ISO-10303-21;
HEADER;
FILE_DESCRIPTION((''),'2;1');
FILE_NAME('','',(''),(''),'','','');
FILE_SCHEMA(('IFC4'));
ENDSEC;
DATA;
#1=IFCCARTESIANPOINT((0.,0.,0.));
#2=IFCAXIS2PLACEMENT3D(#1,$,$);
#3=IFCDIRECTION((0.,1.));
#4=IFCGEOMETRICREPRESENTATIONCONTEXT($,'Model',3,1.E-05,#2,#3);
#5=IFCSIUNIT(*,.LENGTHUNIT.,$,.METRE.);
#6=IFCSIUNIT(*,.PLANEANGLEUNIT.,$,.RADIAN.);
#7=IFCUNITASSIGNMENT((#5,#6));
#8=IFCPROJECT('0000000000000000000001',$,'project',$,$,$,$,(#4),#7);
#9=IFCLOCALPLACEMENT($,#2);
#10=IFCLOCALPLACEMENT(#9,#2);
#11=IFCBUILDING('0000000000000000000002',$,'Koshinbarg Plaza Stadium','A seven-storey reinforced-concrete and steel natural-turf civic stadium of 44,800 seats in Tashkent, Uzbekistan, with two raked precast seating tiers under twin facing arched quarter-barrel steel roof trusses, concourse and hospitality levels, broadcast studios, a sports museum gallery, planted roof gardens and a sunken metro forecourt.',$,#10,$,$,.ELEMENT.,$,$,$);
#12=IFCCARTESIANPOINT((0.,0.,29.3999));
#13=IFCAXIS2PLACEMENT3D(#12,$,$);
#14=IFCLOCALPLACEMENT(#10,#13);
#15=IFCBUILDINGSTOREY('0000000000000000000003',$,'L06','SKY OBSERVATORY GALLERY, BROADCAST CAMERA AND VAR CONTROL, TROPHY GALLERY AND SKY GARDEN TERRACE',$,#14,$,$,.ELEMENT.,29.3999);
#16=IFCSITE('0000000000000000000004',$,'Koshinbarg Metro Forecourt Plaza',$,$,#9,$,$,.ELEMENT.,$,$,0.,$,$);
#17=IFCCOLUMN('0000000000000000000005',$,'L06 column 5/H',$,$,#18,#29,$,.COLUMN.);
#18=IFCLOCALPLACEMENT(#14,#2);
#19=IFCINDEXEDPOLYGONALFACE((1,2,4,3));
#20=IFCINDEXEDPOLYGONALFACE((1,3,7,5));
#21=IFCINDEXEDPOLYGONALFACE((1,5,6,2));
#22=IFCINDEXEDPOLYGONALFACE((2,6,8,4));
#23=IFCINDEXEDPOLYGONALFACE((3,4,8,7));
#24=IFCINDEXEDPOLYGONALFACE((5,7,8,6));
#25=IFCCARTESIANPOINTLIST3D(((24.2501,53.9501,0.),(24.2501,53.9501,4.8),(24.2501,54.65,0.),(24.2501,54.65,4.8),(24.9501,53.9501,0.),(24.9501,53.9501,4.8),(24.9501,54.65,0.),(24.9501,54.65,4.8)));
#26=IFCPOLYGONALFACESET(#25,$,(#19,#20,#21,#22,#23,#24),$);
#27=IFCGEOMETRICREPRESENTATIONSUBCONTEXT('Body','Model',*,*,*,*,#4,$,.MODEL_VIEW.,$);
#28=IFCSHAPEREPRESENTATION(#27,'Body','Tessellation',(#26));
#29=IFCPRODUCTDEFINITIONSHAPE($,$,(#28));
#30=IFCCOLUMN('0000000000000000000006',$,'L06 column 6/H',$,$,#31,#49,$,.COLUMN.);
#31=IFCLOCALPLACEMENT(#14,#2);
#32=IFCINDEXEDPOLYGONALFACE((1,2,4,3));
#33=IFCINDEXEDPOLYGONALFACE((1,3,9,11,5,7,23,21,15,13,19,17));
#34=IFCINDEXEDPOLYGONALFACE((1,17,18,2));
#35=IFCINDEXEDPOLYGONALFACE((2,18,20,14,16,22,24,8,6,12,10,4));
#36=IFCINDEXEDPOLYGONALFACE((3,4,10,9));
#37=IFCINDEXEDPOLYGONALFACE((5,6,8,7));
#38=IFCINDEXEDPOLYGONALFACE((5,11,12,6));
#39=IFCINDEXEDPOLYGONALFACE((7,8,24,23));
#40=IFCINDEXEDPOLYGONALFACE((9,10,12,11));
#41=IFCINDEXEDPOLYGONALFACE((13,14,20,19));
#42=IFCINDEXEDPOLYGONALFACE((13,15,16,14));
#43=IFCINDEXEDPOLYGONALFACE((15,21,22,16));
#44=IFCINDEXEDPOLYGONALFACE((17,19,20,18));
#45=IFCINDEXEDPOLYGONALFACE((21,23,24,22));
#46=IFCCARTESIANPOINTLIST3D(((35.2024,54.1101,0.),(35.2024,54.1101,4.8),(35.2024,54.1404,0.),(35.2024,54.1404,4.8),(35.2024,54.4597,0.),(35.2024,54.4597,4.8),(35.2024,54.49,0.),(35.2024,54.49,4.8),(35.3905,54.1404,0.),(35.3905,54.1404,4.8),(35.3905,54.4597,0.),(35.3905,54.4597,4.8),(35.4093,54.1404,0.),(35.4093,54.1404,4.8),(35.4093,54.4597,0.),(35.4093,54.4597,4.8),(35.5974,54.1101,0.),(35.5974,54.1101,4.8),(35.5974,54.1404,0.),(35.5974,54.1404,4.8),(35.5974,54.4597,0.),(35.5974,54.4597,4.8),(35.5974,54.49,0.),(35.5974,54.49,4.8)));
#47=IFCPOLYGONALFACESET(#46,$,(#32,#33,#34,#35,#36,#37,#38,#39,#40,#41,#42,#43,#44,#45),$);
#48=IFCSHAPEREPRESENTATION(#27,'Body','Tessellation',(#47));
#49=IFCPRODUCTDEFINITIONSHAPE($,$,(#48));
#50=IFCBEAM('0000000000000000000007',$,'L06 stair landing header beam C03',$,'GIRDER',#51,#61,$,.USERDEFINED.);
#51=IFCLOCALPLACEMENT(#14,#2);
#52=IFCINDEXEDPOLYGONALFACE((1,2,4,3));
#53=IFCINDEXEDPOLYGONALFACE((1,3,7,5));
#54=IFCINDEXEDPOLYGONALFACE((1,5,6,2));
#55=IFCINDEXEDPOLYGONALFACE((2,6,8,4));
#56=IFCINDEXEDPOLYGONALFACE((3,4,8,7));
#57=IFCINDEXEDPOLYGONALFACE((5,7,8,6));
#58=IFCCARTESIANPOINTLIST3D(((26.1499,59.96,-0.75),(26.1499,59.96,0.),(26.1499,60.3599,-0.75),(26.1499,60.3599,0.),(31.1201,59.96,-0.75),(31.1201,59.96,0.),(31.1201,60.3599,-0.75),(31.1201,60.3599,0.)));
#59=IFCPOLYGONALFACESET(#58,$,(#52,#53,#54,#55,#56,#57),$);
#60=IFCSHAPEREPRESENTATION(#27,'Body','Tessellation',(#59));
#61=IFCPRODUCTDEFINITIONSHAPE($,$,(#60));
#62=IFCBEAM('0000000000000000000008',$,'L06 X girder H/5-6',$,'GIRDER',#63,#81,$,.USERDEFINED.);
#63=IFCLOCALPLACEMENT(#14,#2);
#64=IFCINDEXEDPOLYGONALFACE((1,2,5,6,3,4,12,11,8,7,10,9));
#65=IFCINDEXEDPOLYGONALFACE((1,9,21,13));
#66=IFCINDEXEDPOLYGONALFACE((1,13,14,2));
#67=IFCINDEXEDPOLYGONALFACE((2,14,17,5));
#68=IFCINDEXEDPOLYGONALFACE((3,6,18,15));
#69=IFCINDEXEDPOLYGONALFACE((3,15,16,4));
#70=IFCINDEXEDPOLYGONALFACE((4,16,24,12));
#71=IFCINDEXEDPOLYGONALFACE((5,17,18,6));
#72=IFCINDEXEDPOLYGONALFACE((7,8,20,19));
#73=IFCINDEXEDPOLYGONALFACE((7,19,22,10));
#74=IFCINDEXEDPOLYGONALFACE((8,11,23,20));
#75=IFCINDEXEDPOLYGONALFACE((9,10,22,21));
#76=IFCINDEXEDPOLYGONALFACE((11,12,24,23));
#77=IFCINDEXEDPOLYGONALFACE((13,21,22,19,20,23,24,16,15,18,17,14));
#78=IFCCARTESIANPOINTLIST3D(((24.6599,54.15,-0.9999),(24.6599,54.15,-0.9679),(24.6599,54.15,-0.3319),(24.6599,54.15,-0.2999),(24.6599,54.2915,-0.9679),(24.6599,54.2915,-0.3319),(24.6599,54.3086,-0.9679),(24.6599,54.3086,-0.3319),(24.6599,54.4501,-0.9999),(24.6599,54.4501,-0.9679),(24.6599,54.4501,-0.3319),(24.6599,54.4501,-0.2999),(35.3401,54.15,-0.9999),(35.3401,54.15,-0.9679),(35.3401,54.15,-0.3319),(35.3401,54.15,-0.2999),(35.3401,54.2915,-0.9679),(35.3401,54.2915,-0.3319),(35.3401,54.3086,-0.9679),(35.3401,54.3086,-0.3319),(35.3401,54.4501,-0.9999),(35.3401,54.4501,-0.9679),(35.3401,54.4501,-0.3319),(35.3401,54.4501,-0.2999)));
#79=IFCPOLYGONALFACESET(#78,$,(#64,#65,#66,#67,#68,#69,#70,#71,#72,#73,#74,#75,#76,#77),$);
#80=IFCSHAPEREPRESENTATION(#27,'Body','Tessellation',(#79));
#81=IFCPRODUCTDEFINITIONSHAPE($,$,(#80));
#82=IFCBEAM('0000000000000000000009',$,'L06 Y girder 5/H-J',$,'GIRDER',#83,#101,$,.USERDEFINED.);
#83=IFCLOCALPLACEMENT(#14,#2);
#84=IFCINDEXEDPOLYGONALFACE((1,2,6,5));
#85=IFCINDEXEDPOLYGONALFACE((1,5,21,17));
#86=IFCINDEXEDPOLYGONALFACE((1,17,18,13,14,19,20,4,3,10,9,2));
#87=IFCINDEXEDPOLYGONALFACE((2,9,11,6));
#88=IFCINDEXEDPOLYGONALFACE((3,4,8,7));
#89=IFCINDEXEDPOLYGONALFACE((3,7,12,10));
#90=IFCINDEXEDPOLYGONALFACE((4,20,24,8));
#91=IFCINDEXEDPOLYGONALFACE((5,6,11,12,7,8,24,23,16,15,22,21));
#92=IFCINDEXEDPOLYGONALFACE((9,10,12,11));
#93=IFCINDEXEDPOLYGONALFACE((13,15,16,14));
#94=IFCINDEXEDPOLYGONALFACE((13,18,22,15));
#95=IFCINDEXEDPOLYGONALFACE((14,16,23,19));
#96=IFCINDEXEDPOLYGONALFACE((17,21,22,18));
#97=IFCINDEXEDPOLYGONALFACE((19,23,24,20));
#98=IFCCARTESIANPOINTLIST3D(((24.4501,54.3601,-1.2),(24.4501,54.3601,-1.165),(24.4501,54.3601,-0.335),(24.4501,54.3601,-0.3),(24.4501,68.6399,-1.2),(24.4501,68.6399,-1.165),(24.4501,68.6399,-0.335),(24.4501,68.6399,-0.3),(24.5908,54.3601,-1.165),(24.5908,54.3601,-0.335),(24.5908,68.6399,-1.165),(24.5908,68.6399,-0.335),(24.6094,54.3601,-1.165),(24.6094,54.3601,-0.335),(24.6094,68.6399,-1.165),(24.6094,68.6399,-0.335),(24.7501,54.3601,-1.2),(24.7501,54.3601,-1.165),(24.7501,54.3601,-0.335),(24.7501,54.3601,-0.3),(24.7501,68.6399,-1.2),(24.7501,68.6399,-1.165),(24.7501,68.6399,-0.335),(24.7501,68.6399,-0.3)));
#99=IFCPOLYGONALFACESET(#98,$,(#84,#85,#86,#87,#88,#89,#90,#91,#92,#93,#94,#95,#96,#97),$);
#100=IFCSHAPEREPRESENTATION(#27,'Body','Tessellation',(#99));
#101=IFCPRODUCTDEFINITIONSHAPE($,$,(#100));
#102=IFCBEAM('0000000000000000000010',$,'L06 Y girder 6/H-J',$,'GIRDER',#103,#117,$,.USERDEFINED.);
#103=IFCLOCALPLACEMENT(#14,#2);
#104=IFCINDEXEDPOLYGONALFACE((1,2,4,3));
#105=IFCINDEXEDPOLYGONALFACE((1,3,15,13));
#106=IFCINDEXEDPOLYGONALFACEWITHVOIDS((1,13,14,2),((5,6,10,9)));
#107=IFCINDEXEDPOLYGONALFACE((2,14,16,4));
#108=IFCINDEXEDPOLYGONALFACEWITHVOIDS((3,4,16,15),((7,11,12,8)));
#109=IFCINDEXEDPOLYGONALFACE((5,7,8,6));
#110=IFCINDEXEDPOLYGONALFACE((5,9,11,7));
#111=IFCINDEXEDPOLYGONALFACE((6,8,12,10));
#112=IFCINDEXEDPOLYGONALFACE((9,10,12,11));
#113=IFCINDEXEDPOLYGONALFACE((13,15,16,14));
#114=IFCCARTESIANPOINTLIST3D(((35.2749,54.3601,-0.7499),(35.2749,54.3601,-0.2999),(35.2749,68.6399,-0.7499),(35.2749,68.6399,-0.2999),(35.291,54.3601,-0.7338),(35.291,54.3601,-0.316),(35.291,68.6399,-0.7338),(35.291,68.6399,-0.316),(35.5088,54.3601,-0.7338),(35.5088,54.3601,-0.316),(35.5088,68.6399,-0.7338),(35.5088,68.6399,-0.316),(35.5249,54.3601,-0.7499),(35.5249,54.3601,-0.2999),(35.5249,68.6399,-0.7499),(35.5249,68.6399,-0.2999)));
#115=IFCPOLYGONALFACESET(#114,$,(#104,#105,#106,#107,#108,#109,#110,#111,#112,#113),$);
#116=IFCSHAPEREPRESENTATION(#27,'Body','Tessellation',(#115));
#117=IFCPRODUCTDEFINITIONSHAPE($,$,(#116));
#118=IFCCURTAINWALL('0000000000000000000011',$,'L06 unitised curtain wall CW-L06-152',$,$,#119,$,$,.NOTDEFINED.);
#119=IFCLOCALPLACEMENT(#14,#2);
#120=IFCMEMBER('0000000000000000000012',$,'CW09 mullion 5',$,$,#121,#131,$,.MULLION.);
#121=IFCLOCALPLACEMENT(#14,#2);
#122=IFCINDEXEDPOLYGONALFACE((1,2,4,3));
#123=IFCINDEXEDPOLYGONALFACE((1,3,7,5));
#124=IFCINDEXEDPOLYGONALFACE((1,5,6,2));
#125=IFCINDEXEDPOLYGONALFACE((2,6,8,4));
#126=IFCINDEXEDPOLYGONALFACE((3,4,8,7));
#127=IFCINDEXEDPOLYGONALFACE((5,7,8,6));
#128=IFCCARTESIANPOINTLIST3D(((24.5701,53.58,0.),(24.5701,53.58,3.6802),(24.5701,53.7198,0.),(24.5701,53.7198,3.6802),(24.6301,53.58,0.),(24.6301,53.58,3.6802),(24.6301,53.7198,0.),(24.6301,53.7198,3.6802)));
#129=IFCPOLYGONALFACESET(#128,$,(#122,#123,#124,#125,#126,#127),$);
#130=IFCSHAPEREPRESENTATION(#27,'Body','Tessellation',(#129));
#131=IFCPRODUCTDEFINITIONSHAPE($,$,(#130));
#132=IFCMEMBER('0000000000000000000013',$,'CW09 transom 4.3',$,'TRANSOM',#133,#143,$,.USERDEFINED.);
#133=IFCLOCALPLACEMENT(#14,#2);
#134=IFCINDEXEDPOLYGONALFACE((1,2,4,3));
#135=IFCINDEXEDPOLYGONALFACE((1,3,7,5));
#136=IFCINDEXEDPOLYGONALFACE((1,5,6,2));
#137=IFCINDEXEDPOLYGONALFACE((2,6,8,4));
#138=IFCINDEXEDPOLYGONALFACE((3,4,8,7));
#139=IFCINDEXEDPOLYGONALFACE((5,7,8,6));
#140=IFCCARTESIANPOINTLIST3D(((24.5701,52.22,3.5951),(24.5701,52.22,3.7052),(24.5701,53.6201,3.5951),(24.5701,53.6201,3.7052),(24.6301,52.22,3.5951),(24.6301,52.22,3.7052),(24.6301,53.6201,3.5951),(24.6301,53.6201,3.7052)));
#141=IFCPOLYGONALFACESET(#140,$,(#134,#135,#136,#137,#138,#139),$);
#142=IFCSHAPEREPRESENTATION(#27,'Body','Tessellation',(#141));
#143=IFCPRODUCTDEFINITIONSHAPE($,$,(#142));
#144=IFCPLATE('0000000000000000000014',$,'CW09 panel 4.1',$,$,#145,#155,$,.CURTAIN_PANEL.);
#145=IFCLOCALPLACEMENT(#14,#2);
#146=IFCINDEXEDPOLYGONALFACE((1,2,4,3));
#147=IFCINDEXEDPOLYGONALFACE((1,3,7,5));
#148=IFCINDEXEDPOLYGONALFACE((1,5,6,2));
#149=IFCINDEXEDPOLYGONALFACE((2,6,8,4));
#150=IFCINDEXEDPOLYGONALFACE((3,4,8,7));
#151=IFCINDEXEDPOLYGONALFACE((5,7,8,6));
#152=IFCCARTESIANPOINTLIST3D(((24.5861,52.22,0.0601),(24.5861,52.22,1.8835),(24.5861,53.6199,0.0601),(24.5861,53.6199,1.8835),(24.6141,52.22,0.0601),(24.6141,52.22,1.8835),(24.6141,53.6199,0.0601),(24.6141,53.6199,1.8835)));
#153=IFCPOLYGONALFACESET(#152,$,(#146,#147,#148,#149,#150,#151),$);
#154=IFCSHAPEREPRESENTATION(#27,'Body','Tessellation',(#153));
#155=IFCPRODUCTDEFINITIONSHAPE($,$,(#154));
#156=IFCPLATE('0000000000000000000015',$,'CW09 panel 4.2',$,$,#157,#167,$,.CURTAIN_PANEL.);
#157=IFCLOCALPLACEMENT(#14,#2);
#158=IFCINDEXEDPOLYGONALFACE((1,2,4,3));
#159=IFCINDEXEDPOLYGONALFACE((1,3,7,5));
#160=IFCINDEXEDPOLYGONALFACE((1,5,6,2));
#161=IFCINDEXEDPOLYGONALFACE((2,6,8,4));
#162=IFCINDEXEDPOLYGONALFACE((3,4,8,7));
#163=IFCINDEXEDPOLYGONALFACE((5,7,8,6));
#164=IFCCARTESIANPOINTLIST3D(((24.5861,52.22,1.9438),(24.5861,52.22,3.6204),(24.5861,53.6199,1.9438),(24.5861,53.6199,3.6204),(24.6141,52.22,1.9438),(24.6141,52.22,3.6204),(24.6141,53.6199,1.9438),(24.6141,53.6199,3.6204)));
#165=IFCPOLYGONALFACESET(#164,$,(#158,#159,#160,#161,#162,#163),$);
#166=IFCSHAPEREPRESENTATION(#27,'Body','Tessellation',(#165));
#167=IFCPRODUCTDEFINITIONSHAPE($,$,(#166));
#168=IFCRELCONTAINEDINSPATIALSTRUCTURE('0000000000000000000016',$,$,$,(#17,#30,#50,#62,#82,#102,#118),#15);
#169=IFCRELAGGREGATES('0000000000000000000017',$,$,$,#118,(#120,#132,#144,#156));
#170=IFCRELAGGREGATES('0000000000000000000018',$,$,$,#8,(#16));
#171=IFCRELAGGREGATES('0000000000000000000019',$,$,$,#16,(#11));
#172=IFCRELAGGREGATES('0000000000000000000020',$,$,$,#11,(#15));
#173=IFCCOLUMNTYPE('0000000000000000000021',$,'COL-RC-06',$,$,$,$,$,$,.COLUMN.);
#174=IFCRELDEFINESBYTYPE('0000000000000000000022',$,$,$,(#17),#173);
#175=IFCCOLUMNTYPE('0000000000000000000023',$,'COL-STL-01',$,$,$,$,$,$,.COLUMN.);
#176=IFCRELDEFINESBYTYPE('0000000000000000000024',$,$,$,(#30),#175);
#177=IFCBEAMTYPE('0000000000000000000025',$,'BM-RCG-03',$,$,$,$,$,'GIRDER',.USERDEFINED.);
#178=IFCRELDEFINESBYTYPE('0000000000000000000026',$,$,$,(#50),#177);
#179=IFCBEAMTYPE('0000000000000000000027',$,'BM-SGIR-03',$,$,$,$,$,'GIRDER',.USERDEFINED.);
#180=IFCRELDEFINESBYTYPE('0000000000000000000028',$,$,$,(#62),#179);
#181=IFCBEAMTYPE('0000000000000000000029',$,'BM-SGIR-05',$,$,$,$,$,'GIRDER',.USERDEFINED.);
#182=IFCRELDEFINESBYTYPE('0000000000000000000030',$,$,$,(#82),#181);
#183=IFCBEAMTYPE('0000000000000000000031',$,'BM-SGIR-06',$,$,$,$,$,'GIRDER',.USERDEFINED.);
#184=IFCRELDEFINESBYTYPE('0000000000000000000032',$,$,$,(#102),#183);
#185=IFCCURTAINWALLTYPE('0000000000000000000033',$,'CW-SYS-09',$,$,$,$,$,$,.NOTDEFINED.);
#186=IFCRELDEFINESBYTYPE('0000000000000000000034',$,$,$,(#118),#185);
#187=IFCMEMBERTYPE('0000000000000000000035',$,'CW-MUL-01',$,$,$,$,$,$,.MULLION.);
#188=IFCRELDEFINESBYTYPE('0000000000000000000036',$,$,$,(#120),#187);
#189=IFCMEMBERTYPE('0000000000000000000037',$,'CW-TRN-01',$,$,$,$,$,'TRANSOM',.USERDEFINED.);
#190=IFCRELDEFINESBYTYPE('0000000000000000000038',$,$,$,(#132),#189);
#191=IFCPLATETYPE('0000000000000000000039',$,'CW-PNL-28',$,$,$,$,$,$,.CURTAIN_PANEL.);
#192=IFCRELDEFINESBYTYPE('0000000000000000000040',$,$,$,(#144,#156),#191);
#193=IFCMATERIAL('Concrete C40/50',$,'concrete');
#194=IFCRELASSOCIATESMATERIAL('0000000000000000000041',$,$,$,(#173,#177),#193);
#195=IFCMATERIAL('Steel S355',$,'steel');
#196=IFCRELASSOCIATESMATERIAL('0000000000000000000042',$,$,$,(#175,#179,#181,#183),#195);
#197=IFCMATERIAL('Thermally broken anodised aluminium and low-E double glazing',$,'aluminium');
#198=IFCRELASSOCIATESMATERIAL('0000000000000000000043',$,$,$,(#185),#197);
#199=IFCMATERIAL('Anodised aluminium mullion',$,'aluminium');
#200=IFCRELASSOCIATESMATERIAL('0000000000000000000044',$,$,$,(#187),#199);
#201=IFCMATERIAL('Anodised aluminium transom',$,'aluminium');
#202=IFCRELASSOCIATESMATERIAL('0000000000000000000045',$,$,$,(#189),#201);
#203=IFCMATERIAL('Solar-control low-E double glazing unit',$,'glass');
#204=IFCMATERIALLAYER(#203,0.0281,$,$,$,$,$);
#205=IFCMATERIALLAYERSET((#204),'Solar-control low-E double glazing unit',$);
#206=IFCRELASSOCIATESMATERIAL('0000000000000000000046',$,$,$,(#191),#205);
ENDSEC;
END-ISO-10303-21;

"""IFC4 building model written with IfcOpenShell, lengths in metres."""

from ifc_helpers import new_model, si_unit, direction, frame, origin, origin_2d, place, context, subcontext, project, spatial, rectangle, hollow_rectangle, i_section, extrude, material, layer, layer_set, material_profile, profile_set, type_object, element, aggregate, save


model = new_model("IFC4")

# Units and contexts
model_context = context("Model", 3, precision=1e-05, world=origin(), true_north=direction((0.0, 1.0)))
body_context = subcontext(model_context, "Body", "Model", "MODEL_VIEW")
ifc_project = project(units=[si_unit("LENGTHUNIT", "METRE"), si_unit("PLANEANGLEUNIT", "RADIAN")], contexts=[model_context])

# Site, building, storey
site_placement = place(None, origin())
site = spatial("IfcSite", under=ifc_project, at=site_placement, Name="Koshinbarg Metro Forecourt Plaza", CompositionType="ELEMENT", RefElevation=0.0)
building_placement = place(site_placement, origin())
building = spatial("IfcBuilding", under=site, at=building_placement, Name="Koshinbarg Plaza Stadium", Description="A seven-storey reinforced-concrete and steel natural-turf civic stadium of 44,800 seats in Tashkent, Uzbekistan, with two raked precast seating tiers under twin facing arched quarter-barrel steel roof trusses, concourse and hospitality levels, broadcast studios, a sports museum gallery, planted roof gardens and a sunken metro forecourt.", CompositionType="ELEMENT")
storey_placement = place(building_placement, frame((0.0, 0.0, 29.3999)))
storey = spatial("IfcBuildingStorey", under=building, at=storey_placement, Name="L06", Description="SKY OBSERVATORY GALLERY, BROADCAST CAMERA AND VAR CONTROL, TROPHY GALLERY AND SKY GARDEN TERRACE", CompositionType="ELEMENT", Elevation=29.3999)

# Columns
ifc_material_1 = material(Name="Concrete C40/50", Category="concrete")
ifc_material_profile_1 = material_profile(ifc_material_1, rectangle(XDim=0.7, YDim=0.7, at=origin_2d()), Name="RC 700x700")
ifc_profile_set_1 = profile_set([ifc_material_profile_1], Name="Concrete C40/50")
column_type_1 = type_object("IfcColumnType", Name="COL-RC-06", PredefinedType="COLUMN", material=ifc_profile_set_1)
column_1_placement = place(storey_placement, frame((24.6001, 54.3, 0.0), z_axis=(0.0, 0.0, 1.0), x_axis=(1.0, 0.0, 0.0)))
element("IfcColumn", 1, at=column_1_placement, inside=storey, type_object=column_type_1, Name="L06 column 5/H", PredefinedType="COLUMN", context=body_context, shape_type="SweptSolid", body=[
    extrude(rectangle(XDim=0.7, YDim=0.7, at=origin_2d()), origin(), (0.0, 0.0, 1.0), 4.8),
])
ifc_material_2 = material(Name="Steel S355", Category="steel")
ifc_material_profile_2 = material_profile(ifc_material_2, i_section(OverallWidth=0.395, OverallDepth=0.3799, WebThickness=0.0188, FlangeThickness=0.0303, at=origin_2d()), Name="HD 400x237")
ifc_profile_set_2 = profile_set([ifc_material_profile_2], Name="Steel S355")
column_type_2 = type_object("IfcColumnType", Name="COL-STL-01", PredefinedType="COLUMN", material=ifc_profile_set_2)
column_2_placement = place(storey_placement, frame((35.3999, 54.3, 0.0), z_axis=(0.0, 0.0, 1.0), x_axis=(1.0, 0.0, 0.0)))
element("IfcColumn", 2, at=column_2_placement, inside=storey, type_object=column_type_2, Name="L06 column 6/H", PredefinedType="COLUMN", context=body_context, shape_type="SweptSolid", body=[
    extrude(i_section(OverallWidth=0.395, OverallDepth=0.3799, WebThickness=0.0188, FlangeThickness=0.0303, at=origin_2d()), origin(), (0.0, 0.0, 1.0), 4.8),
])

# Beams
ifc_material_profile_3 = material_profile(ifc_material_1, rectangle(XDim=0.3999, YDim=0.75, at=origin_2d()), Name="RC 400x750")
ifc_profile_set_3 = profile_set([ifc_material_profile_3], Name="Concrete C40/50")
beam_type_1 = type_object("IfcBeamType", Name="BM-RCG-03", ElementType="GIRDER", PredefinedType="USERDEFINED", material=ifc_profile_set_3)
beam_1_placement = place(storey_placement, frame((26.1499, 60.1599, -0.375), z_axis=(1.0, 0.0, 0.0), x_axis=(0.0, 1.0, 0.0)))
element("IfcBeam", 3, at=beam_1_placement, inside=storey, type_object=beam_type_1, Name="L06 stair landing header beam C03", ObjectType="GIRDER", PredefinedType="USERDEFINED", context=body_context, shape_type="SweptSolid", body=[
    extrude(rectangle(XDim=0.3999, YDim=0.75, at=origin_2d()), origin(), (0.0, 0.0, 1.0), 4.9702),
])
ifc_material_profile_4 = material_profile(ifc_material_2, i_section(OverallWidth=0.3, OverallDepth=0.7, WebThickness=0.0171, FlangeThickness=0.032, at=origin_2d()), Name="HEB 700")
ifc_profile_set_4 = profile_set([ifc_material_profile_4], Name="Steel S355")
beam_type_2 = type_object("IfcBeamType", Name="BM-SGIR-03", ElementType="GIRDER", PredefinedType="USERDEFINED", material=ifc_profile_set_4)
beam_2_placement = place(storey_placement, frame((24.6599, 54.3, -0.6499), z_axis=(1.0, 0.0, 0.0), x_axis=(0.0, 1.0, 0.0)))
element("IfcBeam", 4, at=beam_2_placement, inside=storey, type_object=beam_type_2, Name="L06 X girder H/5-6", ObjectType="GIRDER", PredefinedType="USERDEFINED", context=body_context, shape_type="SweptSolid", body=[
    extrude(i_section(OverallWidth=0.3, OverallDepth=0.7, WebThickness=0.0171, FlangeThickness=0.032, at=origin_2d()), origin(), (0.0, 0.0, 1.0), 10.6802),
])
ifc_material_profile_5 = material_profile(ifc_material_2, i_section(OverallWidth=0.3, OverallDepth=0.8999, WebThickness=0.0186, FlangeThickness=0.0349, at=origin_2d()), Name="HEB 900")
ifc_profile_set_5 = profile_set([ifc_material_profile_5], Name="Steel S355")
beam_type_3 = type_object("IfcBeamType", Name="BM-SGIR-05", ElementType="GIRDER", PredefinedType="USERDEFINED", material=ifc_profile_set_5)
beam_3_placement = place(storey_placement, frame((24.6001, 54.3601, -0.75), z_axis=(0.0, 1.0, 0.0), x_axis=(-1.0, 0.0, 0.0)))
element("IfcBeam", 5, at=beam_3_placement, inside=storey, type_object=beam_type_3, Name="L06 Y girder 5/H-J", ObjectType="GIRDER", PredefinedType="USERDEFINED", context=body_context, shape_type="SweptSolid", body=[
    extrude(i_section(OverallWidth=0.3, OverallDepth=0.8999, WebThickness=0.0186, FlangeThickness=0.0349, at=origin_2d()), origin(), (0.0, 0.0, 1.0), 14.2798),
])
ifc_material_profile_6 = material_profile(ifc_material_2, hollow_rectangle(XDim=0.25, YDim=0.45, WallThickness=0.0161, at=origin_2d()), Name="RHS 450x250x16")
ifc_profile_set_6 = profile_set([ifc_material_profile_6], Name="Steel S355")
beam_type_4 = type_object("IfcBeamType", Name="BM-SGIR-06", ElementType="GIRDER", PredefinedType="USERDEFINED", material=ifc_profile_set_6)
beam_4_placement = place(storey_placement, frame((35.3999, 54.3601, -0.5249), z_axis=(0.0, 1.0, 0.0), x_axis=(-1.0, 0.0, 0.0)))
element("IfcBeam", 6, at=beam_4_placement, inside=storey, type_object=beam_type_4, Name="L06 Y girder 6/H-J", ObjectType="GIRDER", PredefinedType="USERDEFINED", context=body_context, shape_type="SweptSolid", body=[
    extrude(hollow_rectangle(XDim=0.25, YDim=0.45, WallThickness=0.0161, at=origin_2d()), origin(), (0.0, 0.0, 1.0), 14.2798),
])

# Curtain wall, members, plates
ifc_material_3 = material(Name="Thermally broken anodised aluminium and low-E double glazing", Category="aluminium")
curtain_wall_type = type_object("IfcCurtainWallType", Name="CW-SYS-09", PredefinedType="NOTDEFINED", material=ifc_material_3)
curtain_wall_placement = place(storey_placement, origin())
curtain_wall = element("IfcCurtainWall", 7, at=curtain_wall_placement, inside=storey, type_object=curtain_wall_type, Name="L06 unitised curtain wall CW-L06-152", PredefinedType="NOTDEFINED")
ifc_material_4 = material(Name="Anodised aluminium mullion", Category="aluminium")
ifc_material_profile_7 = material_profile(ifc_material_4, rectangle(XDim=0.0601, YDim=0.1399, at=origin_2d()), Name="ALU 60x140")
ifc_profile_set_7 = profile_set([ifc_material_profile_7], Name="Anodised aluminium mullion")
member_type_1 = type_object("IfcMemberType", Name="CW-MUL-01", PredefinedType="MULLION", material=ifc_profile_set_7)
member_1_placement = place(storey_placement, frame((24.6001, 53.6499, 0.0), z_axis=(0.0, 0.0, 1.0), x_axis=(-1.0, 0.0, 0.0)))
member_1 = element("IfcMember", 8, at=member_1_placement, type_object=member_type_1, Name="CW09 mullion 5", PredefinedType="MULLION", context=body_context, shape_type="SweptSolid", body=[
    extrude(rectangle(XDim=0.0601, YDim=0.1399, at=origin_2d()), origin(), (0.0, 0.0, 1.0), 3.6802),
])
ifc_material_5 = material(Name="Anodised aluminium transom", Category="aluminium")
ifc_material_profile_8 = material_profile(ifc_material_5, rectangle(XDim=0.0601, YDim=0.1101, at=origin_2d()), Name="ALU 60x110")
ifc_profile_set_8 = profile_set([ifc_material_profile_8], Name="Anodised aluminium transom")
member_type_2 = type_object("IfcMemberType", Name="CW-TRN-01", ElementType="TRANSOM", PredefinedType="USERDEFINED", material=ifc_profile_set_8)
member_2_placement = place(storey_placement, frame((24.6001, 52.22, 3.6501), z_axis=(0.0, 1.0, 0.0), x_axis=(-1.0, 0.0, 0.0)))
member_2 = element("IfcMember", 9, at=member_2_placement, type_object=member_type_2, Name="CW09 transom 4.3", ObjectType="TRANSOM", PredefinedType="USERDEFINED", context=body_context, shape_type="SweptSolid", body=[
    extrude(rectangle(XDim=0.0601, YDim=0.1101, at=origin_2d()), origin(), (0.0, 0.0, 1.0), 1.4001),
])
ifc_material_6 = material(Name="Solar-control low-E double glazing unit", Category="glass")
ifc_layer_1 = layer(ifc_material_6, 0.0281)
ifc_layer_set_1 = layer_set([ifc_layer_1], Name="Solar-control low-E double glazing unit")
plate_type = type_object("IfcPlateType", Name="CW-PNL-28", PredefinedType="CURTAIN_PANEL", material=ifc_layer_set_1)
plate_1_placement = place(storey_placement, frame((24.6001, 52.9199, 0.0601), z_axis=(0.0, 0.0, 1.0), x_axis=(0.0, 1.0, 0.0)))
plate_1 = element("IfcPlate", 10, at=plate_1_placement, type_object=plate_type, Name="CW09 panel 4.1", PredefinedType="CURTAIN_PANEL", context=body_context, shape_type="SweptSolid", body=[
    extrude(rectangle(XDim=1.3999, YDim=0.0281, at=origin_2d()), origin(), (0.0, 0.0, 1.0), 1.8235),
])
plate_2_placement = place(storey_placement, frame((24.6001, 52.9199, 1.9438), z_axis=(0.0, 0.0, 1.0), x_axis=(0.0, 1.0, 0.0)))
plate_2 = element("IfcPlate", 11, at=plate_2_placement, type_object=plate_type, Name="CW09 panel 4.2", PredefinedType="CURTAIN_PANEL", context=body_context, shape_type="SweptSolid", body=[
    extrude(rectangle(XDim=1.3999, YDim=0.0281, at=origin_2d()), origin(), (0.0, 0.0, 1.0), 1.6765),
])
aggregate(curtain_wall, [member_1, member_2, plate_1, plate_2])

save(model, "model.ifc")
